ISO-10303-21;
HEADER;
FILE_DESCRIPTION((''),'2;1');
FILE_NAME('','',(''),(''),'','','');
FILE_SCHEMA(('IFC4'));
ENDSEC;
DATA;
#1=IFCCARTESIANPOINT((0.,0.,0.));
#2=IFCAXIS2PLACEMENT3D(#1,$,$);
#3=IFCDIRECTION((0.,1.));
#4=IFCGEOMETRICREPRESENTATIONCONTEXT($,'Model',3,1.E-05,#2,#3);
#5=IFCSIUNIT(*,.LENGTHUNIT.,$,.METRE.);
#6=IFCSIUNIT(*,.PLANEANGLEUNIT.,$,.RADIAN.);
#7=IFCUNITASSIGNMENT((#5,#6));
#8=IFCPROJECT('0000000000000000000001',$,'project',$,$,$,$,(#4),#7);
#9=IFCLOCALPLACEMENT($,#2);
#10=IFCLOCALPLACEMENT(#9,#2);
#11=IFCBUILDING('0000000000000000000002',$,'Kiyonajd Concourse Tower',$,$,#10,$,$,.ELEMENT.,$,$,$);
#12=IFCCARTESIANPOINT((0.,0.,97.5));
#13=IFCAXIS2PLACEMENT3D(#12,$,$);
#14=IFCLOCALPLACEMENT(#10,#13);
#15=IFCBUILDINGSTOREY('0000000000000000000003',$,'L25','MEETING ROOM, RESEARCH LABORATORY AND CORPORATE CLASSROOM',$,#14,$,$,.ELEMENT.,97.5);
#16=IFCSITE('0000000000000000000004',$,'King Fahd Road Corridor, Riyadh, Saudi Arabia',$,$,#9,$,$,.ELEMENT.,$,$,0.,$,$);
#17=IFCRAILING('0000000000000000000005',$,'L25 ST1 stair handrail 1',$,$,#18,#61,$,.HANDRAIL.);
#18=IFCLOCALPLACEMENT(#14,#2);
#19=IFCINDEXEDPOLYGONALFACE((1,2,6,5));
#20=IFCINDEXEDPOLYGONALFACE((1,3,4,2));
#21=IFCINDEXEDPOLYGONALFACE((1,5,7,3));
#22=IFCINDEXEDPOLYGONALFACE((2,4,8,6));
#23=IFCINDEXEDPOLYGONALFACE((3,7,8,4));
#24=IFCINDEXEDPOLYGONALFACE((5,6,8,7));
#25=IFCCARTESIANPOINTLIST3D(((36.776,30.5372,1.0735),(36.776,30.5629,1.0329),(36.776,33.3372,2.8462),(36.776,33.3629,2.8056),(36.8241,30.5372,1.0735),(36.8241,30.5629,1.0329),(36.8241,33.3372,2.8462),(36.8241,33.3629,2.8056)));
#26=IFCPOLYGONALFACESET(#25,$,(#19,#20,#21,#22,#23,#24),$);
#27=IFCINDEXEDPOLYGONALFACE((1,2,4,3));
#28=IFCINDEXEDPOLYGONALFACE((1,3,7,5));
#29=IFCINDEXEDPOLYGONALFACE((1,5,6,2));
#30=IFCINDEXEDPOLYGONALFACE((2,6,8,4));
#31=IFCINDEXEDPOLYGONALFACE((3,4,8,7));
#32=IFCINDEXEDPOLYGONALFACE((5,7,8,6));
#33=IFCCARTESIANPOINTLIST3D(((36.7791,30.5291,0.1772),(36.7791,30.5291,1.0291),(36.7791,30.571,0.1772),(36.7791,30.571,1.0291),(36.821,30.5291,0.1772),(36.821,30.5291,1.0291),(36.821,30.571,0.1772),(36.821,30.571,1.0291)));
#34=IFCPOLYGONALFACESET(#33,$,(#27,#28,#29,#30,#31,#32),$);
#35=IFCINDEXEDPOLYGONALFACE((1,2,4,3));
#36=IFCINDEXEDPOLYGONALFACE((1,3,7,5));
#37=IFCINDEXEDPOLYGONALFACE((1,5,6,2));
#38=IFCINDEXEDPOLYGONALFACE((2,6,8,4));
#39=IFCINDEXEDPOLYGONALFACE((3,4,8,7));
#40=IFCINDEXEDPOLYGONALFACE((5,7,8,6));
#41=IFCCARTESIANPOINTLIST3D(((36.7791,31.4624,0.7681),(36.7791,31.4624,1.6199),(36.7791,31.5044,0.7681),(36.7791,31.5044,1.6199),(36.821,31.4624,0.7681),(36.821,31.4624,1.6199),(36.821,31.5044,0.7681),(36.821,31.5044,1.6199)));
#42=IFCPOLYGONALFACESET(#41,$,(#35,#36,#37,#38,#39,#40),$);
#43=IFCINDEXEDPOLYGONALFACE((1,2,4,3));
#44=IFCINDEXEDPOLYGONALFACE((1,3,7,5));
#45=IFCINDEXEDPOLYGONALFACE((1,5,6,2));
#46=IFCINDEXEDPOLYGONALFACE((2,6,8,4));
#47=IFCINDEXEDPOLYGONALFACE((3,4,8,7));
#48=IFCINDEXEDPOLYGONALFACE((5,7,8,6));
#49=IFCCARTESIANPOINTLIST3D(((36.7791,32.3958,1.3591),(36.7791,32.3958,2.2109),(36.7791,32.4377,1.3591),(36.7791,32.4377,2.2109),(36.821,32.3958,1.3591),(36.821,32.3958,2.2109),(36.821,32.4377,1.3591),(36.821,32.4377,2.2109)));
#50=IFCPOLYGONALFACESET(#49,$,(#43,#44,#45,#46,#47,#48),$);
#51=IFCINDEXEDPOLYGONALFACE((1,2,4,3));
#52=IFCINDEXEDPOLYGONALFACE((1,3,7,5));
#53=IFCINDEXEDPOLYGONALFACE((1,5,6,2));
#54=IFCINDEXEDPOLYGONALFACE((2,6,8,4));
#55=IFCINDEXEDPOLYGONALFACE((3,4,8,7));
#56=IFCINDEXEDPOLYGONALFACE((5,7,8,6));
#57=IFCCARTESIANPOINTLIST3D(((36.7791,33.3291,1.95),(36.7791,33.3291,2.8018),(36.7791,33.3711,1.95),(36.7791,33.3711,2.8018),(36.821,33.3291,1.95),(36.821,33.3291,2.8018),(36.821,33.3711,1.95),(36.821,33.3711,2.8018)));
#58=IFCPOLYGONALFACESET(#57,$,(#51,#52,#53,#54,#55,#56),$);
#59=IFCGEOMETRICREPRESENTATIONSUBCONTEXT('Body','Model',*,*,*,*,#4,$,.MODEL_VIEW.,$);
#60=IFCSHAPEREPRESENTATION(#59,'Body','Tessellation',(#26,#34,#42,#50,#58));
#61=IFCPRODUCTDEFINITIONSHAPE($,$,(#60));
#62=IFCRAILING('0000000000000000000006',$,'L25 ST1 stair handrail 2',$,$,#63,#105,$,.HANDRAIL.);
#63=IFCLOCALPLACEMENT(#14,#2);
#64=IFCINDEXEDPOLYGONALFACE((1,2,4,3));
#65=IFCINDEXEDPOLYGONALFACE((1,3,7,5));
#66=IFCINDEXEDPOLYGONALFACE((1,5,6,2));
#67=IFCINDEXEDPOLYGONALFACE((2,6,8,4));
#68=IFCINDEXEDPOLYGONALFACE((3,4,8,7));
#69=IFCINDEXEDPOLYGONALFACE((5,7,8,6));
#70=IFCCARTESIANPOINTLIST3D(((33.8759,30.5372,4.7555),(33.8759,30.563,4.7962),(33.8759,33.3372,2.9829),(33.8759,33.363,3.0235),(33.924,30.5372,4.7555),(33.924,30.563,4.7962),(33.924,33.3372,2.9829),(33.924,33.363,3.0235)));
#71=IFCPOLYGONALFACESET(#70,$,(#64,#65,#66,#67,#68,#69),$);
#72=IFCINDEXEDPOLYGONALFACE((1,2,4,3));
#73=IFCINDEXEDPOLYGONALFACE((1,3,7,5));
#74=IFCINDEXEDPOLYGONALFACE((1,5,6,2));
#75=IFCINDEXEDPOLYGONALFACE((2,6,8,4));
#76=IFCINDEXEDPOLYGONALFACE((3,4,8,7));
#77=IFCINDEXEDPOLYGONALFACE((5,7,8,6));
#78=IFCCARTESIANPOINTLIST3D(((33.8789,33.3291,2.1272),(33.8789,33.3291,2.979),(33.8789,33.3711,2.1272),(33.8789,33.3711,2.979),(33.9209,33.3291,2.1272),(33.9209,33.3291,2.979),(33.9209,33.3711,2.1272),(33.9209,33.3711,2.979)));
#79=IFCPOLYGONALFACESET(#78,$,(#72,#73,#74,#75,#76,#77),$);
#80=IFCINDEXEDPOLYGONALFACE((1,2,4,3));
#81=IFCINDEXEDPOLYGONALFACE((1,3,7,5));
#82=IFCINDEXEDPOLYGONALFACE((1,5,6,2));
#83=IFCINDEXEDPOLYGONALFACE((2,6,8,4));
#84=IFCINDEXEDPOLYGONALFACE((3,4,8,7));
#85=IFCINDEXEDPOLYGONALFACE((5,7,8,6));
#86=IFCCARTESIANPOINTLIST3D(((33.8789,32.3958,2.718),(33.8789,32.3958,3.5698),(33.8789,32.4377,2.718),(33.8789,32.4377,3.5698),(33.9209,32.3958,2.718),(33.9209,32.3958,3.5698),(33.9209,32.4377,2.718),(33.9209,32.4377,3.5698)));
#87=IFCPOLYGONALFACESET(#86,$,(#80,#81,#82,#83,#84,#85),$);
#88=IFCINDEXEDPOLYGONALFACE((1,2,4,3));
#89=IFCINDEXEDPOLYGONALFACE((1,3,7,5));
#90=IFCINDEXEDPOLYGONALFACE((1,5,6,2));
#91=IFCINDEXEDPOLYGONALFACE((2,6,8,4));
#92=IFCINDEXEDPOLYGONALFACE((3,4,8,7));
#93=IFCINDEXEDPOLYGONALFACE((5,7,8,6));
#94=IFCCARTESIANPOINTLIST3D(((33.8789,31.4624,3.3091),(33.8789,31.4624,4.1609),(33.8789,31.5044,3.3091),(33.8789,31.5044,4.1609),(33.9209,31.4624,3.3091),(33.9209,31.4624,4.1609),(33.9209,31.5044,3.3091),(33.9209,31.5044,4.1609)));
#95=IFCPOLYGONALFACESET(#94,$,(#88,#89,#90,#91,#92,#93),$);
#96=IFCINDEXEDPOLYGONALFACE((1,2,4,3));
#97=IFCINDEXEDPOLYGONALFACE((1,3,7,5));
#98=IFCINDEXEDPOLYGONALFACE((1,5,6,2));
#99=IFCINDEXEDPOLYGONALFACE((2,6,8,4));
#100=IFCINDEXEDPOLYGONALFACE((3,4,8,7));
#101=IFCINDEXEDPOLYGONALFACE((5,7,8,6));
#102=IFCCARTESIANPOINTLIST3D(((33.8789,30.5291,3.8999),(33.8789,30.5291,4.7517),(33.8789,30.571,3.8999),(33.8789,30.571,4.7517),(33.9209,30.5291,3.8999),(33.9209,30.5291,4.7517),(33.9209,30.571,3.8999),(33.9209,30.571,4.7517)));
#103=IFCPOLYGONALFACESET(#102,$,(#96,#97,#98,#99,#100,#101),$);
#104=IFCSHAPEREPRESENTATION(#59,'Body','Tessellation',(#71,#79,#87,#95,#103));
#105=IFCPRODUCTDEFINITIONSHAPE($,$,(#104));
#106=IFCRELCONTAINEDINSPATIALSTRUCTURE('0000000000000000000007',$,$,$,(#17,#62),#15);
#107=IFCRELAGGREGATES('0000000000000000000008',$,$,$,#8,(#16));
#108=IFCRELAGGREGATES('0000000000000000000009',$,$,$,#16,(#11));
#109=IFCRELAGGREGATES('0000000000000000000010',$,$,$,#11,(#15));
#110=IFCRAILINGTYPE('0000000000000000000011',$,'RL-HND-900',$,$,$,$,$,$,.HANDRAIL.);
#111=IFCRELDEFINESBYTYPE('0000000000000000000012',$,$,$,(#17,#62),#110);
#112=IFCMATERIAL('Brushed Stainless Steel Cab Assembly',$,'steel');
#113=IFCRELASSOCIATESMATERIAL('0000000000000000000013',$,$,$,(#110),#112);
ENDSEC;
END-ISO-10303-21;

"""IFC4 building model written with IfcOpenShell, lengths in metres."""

from ifc_helpers import new_model, si_unit, direction, frame, origin, origin_2d, place, context, subcontext, project, spatial, rectangle, extrude, material, type_object, element, save


model = new_model("IFC4")

# Units and contexts
model_context = context("Model", 3, precision=1e-05, world=origin(), true_north=direction((0.0, 1.0)))
body_context = subcontext(model_context, "Body", "Model", "MODEL_VIEW")
ifc_project = project(units=[si_unit("LENGTHUNIT", "METRE"), si_unit("PLANEANGLEUNIT", "RADIAN")], contexts=[model_context])

# Site, building, storey
site_placement = place(None, origin())
site = spatial("IfcSite", under=ifc_project, at=site_placement, Name="King Fahd Road Corridor, Riyadh, Saudi Arabia", CompositionType="ELEMENT", RefElevation=0.0)
building_placement = place(site_placement, origin())
building = spatial("IfcBuilding", under=site, at=building_placement, Name="Kiyonajd Concourse Tower", CompositionType="ELEMENT")
storey_placement = place(building_placement, frame((0.0, 0.0, 97.5)))
storey = spatial("IfcBuildingStorey", under=building, at=storey_placement, Name="L25", Description="MEETING ROOM, RESEARCH LABORATORY AND CORPORATE CLASSROOM", CompositionType="ELEMENT", Elevation=97.5)

# Shared definitions
ifc_material_1 = material(Name="Brushed Stainless Steel Cab Assembly", Category="steel")

# Railings
railing_type_1 = type_object("IfcRailingType", Name="RL-HND-900", PredefinedType="HANDRAIL", material=ifc_material_1)
railing_1_placement = place(storey_placement, frame((36.8, 30.55, 0.1772)))
element("IfcRailing", 1, at=railing_1_placement, inside=storey, type_object=railing_type_1, Name="L25 ST1 stair handrail 1", PredefinedType="HANDRAIL", context=body_context, shape_type="SweptSolid", body=[
    extrude(rectangle(XDim=0.0481, YDim=0.0481, at=origin_2d()), frame((0.0, 0.0, 0.876), z_axis=(0.0, 0.844909, 0.53491), x_axis=(-1.0, 0.0, 0.0)), (0.0, 0.0, 1.0), 3.314),
    extrude(rectangle(XDim=0.042, YDim=0.042, at=origin_2d()), origin(), (0.0, 0.0, 1.0), 0.8518),
    extrude(rectangle(XDim=0.042, YDim=0.042, at=origin_2d()), frame((0.0, 0.9333, 0.5908)), (0.0, 0.0, 1.0), 0.8518),
    extrude(rectangle(XDim=0.042, YDim=0.042, at=origin_2d()), frame((0.0, 1.8667, 1.1819)), (0.0, 0.0, 1.0), 0.8518),
    extrude(rectangle(XDim=0.042, YDim=0.042, at=origin_2d()), frame((0.0, 2.8, 1.7727)), (0.0, 0.0, 1.0), 0.8518),
])
railing_2_placement = place(storey_placement, frame((33.8999, 33.3501, 2.1272)))
element("IfcRailing", 2, at=railing_2_placement, inside=storey, type_object=railing_type_1, Name="L25 ST1 stair handrail 2", PredefinedType="HANDRAIL", context=body_context, shape_type="SweptSolid", body=[
    extrude(rectangle(XDim=0.0481, YDim=0.0481, at=origin_2d()), frame((0.0, 0.0, 0.876), z_axis=(0.0, -0.844909, 0.53491), x_axis=(1.0, 0.0, 0.0)), (0.0, 0.0, 1.0), 3.314),
    extrude(rectangle(XDim=0.042, YDim=0.042, at=origin_2d()), origin(), (0.0, 0.0, 1.0), 0.8518),
    extrude(rectangle(XDim=0.042, YDim=0.042, at=origin_2d()), frame((0.0, -0.9333, 0.5908)), (0.0, 0.0, 1.0), 0.8518),
    extrude(rectangle(XDim=0.042, YDim=0.042, at=origin_2d()), frame((0.0, -1.8667, 1.1819)), (0.0, 0.0, 1.0), 0.8518),
    extrude(rectangle(XDim=0.042, YDim=0.042, at=origin_2d()), frame((0.0, -2.8, 1.7727)), (0.0, 0.0, 1.0), 0.8518),
])

save(model, "model.ifc")
